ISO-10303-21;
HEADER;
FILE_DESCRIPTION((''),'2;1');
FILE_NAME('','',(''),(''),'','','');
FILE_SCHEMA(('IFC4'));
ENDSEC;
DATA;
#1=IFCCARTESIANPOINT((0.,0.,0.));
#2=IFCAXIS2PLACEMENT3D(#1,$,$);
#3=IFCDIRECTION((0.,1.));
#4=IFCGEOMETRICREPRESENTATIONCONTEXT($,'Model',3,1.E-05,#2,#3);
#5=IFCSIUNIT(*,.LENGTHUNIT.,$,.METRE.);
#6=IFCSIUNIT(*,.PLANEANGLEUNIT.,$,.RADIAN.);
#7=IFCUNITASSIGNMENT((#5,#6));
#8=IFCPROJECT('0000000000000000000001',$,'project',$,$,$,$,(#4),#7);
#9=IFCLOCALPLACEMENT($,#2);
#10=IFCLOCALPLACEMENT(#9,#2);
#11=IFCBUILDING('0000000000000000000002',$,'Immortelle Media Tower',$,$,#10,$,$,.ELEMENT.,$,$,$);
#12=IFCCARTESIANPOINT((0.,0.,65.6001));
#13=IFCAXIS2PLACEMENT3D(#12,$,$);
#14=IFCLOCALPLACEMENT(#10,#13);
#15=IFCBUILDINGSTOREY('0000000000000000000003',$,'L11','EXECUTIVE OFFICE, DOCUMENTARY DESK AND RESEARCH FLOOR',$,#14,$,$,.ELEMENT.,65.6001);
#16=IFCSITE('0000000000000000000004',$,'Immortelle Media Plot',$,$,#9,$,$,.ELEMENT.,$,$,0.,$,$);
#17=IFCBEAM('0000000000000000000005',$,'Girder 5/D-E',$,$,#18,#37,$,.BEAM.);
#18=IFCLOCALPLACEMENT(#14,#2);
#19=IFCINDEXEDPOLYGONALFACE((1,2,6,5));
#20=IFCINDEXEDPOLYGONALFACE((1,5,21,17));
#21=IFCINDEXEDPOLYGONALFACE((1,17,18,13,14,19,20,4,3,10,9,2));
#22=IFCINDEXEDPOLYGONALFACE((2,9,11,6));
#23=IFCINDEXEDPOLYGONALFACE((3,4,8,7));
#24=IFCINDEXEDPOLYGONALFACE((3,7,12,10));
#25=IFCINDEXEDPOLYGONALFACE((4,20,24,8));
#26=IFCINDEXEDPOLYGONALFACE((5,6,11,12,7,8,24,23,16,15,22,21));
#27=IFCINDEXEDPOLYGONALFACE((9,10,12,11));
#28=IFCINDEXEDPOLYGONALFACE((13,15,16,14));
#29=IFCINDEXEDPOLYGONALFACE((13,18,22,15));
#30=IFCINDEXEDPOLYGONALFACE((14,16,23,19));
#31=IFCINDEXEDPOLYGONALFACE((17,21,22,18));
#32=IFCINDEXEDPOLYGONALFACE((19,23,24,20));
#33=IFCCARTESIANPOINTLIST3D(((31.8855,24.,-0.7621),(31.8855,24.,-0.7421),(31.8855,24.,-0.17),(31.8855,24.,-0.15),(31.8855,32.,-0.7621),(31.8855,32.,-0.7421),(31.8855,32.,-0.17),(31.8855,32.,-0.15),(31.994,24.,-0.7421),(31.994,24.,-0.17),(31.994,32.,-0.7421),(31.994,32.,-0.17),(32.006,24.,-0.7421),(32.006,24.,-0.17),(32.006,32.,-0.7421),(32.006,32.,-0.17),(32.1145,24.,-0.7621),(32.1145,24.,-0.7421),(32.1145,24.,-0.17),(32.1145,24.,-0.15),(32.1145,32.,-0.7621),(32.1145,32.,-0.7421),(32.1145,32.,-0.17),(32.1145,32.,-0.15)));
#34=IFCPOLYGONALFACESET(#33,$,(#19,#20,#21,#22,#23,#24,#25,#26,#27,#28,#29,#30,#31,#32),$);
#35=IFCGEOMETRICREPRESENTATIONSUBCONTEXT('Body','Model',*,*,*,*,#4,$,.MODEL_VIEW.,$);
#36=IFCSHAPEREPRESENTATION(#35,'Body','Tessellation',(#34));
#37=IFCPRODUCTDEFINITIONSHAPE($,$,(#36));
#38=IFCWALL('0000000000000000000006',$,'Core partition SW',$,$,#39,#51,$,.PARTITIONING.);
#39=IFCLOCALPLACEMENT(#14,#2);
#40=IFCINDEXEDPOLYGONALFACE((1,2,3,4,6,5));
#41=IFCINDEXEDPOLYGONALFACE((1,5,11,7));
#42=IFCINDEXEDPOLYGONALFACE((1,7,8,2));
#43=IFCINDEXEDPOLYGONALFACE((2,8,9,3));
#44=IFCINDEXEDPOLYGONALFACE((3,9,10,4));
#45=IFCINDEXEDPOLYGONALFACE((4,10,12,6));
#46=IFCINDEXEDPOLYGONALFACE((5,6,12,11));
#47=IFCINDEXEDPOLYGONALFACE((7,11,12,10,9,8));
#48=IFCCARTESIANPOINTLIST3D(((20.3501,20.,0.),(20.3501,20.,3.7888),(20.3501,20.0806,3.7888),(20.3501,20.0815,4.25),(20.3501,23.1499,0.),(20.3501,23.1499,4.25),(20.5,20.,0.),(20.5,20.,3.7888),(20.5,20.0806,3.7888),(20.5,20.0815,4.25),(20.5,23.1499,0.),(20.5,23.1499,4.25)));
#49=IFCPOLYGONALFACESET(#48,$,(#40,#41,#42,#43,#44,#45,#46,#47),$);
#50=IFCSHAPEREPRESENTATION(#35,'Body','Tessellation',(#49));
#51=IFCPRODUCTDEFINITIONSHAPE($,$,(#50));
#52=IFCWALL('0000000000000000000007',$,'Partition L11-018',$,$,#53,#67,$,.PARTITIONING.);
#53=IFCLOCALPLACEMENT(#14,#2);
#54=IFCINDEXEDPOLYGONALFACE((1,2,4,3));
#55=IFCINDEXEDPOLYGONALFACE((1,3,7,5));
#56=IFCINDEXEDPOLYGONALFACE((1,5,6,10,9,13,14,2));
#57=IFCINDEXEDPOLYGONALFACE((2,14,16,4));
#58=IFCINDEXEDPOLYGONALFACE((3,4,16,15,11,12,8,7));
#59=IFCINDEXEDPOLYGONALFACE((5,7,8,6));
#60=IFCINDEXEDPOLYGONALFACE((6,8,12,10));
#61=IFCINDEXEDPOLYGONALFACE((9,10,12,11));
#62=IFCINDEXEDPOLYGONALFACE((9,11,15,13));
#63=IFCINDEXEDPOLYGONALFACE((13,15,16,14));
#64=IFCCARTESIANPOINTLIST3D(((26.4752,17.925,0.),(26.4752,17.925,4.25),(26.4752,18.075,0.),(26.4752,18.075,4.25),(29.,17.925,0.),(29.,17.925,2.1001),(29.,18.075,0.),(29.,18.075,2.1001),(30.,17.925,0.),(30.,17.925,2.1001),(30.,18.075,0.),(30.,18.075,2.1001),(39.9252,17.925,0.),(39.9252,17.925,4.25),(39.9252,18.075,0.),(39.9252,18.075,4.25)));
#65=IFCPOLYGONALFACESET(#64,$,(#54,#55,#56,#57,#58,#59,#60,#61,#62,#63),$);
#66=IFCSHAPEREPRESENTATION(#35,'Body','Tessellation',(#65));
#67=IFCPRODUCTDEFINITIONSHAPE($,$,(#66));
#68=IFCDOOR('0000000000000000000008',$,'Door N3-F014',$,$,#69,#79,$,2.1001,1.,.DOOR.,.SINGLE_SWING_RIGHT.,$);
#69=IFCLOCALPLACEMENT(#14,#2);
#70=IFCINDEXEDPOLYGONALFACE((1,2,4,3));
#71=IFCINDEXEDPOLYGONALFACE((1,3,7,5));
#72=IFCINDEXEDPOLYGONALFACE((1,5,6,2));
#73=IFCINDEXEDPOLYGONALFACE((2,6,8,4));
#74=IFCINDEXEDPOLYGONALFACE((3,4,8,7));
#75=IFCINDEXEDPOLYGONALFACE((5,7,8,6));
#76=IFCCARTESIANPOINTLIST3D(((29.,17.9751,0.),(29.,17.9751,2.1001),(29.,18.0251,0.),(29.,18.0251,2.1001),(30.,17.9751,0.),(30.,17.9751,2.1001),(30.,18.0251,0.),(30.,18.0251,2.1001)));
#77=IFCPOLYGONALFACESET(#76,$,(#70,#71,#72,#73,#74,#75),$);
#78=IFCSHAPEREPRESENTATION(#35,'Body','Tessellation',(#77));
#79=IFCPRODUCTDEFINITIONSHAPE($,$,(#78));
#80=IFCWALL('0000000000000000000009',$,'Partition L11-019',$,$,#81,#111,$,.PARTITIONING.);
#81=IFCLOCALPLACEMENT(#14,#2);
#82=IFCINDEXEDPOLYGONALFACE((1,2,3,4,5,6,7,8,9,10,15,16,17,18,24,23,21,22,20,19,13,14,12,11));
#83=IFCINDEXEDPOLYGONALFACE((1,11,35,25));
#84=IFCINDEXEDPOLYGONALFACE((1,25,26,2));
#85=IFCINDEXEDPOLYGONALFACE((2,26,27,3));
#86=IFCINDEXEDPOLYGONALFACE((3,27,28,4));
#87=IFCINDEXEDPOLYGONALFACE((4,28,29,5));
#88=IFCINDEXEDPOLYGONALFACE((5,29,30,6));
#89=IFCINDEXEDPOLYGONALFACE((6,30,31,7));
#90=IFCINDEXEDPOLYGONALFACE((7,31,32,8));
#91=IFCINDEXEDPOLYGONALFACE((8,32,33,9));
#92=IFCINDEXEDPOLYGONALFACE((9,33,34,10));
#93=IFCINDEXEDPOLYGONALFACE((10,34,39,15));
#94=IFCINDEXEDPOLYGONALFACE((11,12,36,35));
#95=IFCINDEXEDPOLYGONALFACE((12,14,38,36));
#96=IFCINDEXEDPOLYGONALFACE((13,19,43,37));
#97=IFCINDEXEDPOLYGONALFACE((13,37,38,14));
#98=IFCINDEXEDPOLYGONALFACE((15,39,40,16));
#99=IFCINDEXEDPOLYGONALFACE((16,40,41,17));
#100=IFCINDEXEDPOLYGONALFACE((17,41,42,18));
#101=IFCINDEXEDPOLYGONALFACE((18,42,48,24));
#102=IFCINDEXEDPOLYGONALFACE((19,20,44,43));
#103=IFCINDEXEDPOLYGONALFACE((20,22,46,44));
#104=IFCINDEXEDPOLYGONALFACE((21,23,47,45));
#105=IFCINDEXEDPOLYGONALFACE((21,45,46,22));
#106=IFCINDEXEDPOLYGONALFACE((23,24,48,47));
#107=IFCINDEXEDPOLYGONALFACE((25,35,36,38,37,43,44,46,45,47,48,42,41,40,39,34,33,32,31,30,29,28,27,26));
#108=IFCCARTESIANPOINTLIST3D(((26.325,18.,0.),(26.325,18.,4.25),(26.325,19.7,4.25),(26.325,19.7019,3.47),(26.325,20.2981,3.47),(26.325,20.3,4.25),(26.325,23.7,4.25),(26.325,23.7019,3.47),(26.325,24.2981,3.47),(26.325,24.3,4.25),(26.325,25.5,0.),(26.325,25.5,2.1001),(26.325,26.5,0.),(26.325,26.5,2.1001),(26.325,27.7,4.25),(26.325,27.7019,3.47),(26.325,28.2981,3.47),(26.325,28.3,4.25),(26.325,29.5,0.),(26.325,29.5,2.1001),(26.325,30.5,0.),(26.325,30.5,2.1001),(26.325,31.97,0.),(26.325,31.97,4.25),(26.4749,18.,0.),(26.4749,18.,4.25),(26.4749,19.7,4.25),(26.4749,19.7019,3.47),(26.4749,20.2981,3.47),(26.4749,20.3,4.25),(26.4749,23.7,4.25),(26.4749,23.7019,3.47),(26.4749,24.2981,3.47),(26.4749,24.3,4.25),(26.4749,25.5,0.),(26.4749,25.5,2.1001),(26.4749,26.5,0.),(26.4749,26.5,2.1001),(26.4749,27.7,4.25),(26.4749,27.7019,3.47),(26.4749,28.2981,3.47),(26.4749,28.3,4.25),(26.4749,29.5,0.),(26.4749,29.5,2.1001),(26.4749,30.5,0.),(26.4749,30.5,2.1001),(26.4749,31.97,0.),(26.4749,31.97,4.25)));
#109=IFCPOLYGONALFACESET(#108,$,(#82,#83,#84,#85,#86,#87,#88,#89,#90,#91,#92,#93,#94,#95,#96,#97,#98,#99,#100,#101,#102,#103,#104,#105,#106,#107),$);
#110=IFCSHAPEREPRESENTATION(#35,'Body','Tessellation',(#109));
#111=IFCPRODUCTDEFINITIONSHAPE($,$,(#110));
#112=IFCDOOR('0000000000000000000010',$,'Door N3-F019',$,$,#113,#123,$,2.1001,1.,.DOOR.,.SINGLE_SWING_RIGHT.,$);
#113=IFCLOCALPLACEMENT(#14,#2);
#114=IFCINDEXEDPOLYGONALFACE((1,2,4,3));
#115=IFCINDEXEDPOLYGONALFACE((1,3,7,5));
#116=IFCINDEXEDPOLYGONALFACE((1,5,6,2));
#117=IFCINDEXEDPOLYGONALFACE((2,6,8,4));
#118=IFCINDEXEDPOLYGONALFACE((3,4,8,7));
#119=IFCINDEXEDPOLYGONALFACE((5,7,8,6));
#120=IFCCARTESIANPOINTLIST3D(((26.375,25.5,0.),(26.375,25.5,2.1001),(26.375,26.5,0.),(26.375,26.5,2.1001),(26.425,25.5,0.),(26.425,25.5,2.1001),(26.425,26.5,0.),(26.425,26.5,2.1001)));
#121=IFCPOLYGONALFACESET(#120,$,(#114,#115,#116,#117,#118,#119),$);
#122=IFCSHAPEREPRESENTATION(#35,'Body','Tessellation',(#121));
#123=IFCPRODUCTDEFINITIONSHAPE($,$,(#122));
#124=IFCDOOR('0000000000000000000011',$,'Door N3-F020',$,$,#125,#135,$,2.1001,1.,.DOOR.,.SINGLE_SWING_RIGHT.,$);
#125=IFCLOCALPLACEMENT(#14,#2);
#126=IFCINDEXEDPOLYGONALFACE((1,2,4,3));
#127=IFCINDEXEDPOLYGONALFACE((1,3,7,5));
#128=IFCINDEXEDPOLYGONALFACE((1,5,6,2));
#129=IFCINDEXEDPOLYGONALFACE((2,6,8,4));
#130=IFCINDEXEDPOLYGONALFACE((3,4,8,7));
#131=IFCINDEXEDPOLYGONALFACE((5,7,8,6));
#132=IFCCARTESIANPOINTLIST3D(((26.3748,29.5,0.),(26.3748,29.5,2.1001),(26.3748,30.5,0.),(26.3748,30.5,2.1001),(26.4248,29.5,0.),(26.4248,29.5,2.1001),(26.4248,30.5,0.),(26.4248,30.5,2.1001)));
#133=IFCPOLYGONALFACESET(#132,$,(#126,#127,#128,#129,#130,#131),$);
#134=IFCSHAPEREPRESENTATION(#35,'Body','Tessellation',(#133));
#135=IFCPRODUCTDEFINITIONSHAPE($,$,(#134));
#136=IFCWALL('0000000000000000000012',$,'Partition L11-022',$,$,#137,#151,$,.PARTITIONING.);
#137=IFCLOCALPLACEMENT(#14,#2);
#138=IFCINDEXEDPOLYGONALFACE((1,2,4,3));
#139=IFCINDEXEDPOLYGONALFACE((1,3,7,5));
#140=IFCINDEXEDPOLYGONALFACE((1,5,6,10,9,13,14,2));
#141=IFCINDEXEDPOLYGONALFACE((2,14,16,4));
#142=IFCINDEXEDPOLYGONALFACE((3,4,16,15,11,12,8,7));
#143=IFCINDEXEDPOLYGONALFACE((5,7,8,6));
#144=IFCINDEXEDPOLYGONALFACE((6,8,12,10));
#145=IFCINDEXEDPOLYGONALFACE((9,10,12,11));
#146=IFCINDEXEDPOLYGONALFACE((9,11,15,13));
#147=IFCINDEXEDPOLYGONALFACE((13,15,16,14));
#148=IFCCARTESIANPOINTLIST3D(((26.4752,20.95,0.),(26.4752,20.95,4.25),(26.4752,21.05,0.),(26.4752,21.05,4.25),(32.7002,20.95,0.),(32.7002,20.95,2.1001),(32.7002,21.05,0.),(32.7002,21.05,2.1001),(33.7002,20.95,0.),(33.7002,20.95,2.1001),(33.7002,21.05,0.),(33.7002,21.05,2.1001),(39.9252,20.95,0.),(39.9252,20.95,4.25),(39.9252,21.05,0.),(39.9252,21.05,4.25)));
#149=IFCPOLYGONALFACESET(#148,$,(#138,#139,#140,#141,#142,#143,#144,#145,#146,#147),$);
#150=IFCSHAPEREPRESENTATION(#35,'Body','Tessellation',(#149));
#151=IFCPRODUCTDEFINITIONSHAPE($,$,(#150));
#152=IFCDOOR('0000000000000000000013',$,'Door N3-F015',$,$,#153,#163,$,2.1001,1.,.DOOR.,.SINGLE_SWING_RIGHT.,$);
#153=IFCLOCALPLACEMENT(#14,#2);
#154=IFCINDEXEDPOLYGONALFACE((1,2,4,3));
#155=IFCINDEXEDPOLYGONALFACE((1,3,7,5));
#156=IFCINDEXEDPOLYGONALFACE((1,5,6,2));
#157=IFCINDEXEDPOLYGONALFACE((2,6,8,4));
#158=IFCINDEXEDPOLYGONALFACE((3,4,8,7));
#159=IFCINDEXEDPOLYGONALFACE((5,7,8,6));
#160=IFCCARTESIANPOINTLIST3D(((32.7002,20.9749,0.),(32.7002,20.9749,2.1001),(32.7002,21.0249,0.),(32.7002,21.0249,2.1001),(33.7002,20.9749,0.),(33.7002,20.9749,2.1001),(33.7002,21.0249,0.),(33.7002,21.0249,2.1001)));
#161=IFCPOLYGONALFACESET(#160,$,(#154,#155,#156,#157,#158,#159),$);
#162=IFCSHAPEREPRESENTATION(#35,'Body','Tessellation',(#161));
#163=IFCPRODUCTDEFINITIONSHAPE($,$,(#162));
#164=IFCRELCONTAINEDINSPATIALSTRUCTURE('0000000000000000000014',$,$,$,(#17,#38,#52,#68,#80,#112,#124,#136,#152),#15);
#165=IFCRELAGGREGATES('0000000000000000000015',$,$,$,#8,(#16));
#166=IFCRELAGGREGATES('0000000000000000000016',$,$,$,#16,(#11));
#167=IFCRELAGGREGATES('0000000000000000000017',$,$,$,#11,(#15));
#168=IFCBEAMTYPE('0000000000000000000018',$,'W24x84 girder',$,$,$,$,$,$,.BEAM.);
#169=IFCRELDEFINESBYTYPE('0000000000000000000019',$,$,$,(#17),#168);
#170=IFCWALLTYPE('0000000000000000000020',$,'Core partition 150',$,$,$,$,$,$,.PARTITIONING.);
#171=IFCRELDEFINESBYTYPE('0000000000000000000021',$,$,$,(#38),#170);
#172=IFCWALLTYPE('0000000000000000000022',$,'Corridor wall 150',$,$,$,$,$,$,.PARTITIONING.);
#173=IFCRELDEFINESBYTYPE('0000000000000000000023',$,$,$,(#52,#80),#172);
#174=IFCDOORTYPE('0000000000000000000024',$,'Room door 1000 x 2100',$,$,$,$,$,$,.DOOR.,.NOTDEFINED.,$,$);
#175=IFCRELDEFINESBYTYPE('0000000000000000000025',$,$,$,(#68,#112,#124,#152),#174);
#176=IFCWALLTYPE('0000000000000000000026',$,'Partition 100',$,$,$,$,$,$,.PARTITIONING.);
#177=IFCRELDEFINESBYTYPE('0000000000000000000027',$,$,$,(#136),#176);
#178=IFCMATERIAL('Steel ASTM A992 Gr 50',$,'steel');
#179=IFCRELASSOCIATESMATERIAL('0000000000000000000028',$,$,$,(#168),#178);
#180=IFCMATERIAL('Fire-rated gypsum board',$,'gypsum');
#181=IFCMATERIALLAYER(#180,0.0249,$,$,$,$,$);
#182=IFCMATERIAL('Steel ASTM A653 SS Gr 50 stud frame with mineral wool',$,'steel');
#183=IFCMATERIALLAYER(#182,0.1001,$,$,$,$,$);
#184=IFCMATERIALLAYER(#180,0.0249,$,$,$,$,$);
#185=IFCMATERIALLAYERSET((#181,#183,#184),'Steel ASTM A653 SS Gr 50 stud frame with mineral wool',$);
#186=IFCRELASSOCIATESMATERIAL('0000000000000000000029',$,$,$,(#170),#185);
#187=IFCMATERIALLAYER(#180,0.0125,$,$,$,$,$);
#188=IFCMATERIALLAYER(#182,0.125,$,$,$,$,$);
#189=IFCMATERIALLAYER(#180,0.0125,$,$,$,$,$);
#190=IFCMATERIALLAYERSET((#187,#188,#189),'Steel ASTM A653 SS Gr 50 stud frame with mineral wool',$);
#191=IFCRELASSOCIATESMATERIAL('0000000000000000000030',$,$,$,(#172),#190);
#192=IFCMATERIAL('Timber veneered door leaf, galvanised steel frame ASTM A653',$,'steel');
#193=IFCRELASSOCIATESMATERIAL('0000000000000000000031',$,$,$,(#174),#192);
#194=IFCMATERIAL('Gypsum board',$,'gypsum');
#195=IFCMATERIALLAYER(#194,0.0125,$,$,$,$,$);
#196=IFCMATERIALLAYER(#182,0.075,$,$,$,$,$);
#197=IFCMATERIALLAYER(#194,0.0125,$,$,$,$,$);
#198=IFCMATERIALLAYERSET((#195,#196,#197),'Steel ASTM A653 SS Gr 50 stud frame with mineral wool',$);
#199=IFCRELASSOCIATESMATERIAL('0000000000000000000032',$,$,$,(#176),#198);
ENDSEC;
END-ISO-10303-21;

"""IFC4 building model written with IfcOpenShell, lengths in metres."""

from ifc_helpers import new_model, si_unit, direction, frame, frame_2d, origin, origin_2d, place, context, subcontext, project, spatial, polyline, rectangle, i_section, outline, extrude, material, layer, layer_set, material_profile, profile_set, type_object, element, fill, save


model = new_model("IFC4")

# Units and contexts
model_context = context("Model", 3, precision=1e-05, world=origin(), true_north=direction((0.0, 1.0)))
body_context = subcontext(model_context, "Body", "Model", "MODEL_VIEW")
ifc_project = project(units=[si_unit("LENGTHUNIT", "METRE"), si_unit("PLANEANGLEUNIT", "RADIAN")], contexts=[model_context])

# Site, building, storey
site_placement = place(None, origin())
site = spatial("IfcSite", under=ifc_project, at=site_placement, Name="Immortelle Media Plot", CompositionType="ELEMENT", RefElevation=0.0)
building_placement = place(site_placement, origin())
building = spatial("IfcBuilding", under=site, at=building_placement, Name="Immortelle Media Tower", CompositionType="ELEMENT")
storey_placement = place(building_placement, frame((0.0, 0.0, 65.6001)))
storey = spatial("IfcBuildingStorey", under=building, at=storey_placement, Name="L11", Description="EXECUTIVE OFFICE, DOCUMENTARY DESK AND RESEARCH FLOOR", CompositionType="ELEMENT", Elevation=65.6001)

# Shared definitions
ifc_material_1 = material(Name="Steel ASTM A992 Gr 50", Category="steel")

# Beam
ifc_material_profile_1 = material_profile(ifc_material_1, i_section(OverallWidth=0.229, OverallDepth=0.6121, WebThickness=0.012, FlangeThickness=0.02, at=origin_2d()), Name="W24x84")
ifc_profile_set_1 = profile_set([ifc_material_profile_1], Name="Steel ASTM A992 Gr 50")
beam_type_1 = type_object("IfcBeamType", Name="W24x84 girder", PredefinedType="BEAM", material=ifc_profile_set_1)
for number, where, z_axis, x_axis, name in (
    (1, (32.0, 24.0, -0.4561), (0.0, 1.0, 0.0), (-1.0, 0.0, 0.0), "Girder 5/D-E"),
):
    element("IfcBeam", number, at=place(storey_placement, frame(where, z_axis=z_axis, x_axis=x_axis)), inside=storey, type_object=beam_type_1, Name=name, PredefinedType="BEAM", context=body_context, shape_type="SweptSolid", body=[
        extrude(i_section(OverallWidth=0.229, OverallDepth=0.6121, WebThickness=0.012, FlangeThickness=0.02, at=origin_2d()), origin(), (0.0, 0.0, 1.0), 8.0),
    ])

# Wall
ifc_material_2 = material(Name="Fire-rated gypsum board", Category="gypsum")
ifc_layer_1 = layer(ifc_material_2, 0.0249)
ifc_material_3 = material(Name="Steel ASTM A653 SS Gr 50 stud frame with mineral wool", Category="steel")
ifc_layer_2 = layer(ifc_material_3, 0.1001)
ifc_layer_3 = layer(ifc_material_2, 0.0249)
ifc_layer_set_1 = layer_set([ifc_layer_1, ifc_layer_2, ifc_layer_3], Name="Steel ASTM A653 SS Gr 50 stud frame with mineral wool")
wall_type_1 = type_object("IfcWallType", Name="Core partition 150", PredefinedType="PARTITIONING", material=ifc_layer_set_1)
wall_1_placement = place(storey_placement, frame((20.425, 20.0, 0.0), z_axis=(0.0, 0.0, 1.0), x_axis=(0.0, 1.0, 0.0)))
element("IfcWall", 2, at=wall_1_placement, inside=storey, type_object=wall_type_1, Name="Core partition SW", PredefinedType="PARTITIONING", context=body_context, shape_type="SweptSolid", body=[
    extrude(outline(polyline([(0.0, 0.0), (3.1499, 0.0), (3.1499, 4.25), (0.0815, 4.25), (0.0806, 3.7888), (0.0, 3.7888), (0.0, 0.0)])), frame((0.0, 0.075, 0.0), z_axis=(0.0, -1.0, 0.0), x_axis=(1.0, 0.0, 0.0)), (0.0, 0.0, 1.0), 0.1499),
])

# Wall, opening, door
ifc_layer_4 = layer(ifc_material_2, 0.0125)
ifc_layer_5 = layer(ifc_material_3, 0.125)
ifc_layer_6 = layer(ifc_material_2, 0.0125)
ifc_layer_set_2 = layer_set([ifc_layer_4, ifc_layer_5, ifc_layer_6], Name="Steel ASTM A653 SS Gr 50 stud frame with mineral wool")
wall_type_2 = type_object("IfcWallType", Name="Corridor wall 150", PredefinedType="PARTITIONING", material=ifc_layer_set_2)
wall_2_placement = place(storey_placement, frame((26.4751, 18.0, 0.0), z_axis=(0.0, 0.0, 1.0), x_axis=(1.0, 0.0, 0.0)))
wall_2 = element("IfcWall", 3, at=wall_2_placement, inside=storey, type_object=wall_type_2, Name="Partition L11-018", PredefinedType="PARTITIONING", context=body_context, shape_type="SweptSolid", body=[
    extrude(rectangle(XDim=13.45, YDim=0.1499, at=frame_2d((6.7251, 0.0))), origin(), (0.0, 0.0, 1.0), 4.25),
])
opening_1_placement = place(wall_2_placement, frame((3.5249, 0.0, 0.0), z_axis=(0.0, 0.0, 1.0), x_axis=(-1.0, 0.0, 0.0)))
opening_1 = element("IfcOpeningElement", 4, at=opening_1_placement, cuts=wall_2, PredefinedType="OPENING", context=body_context, shape_type="SweptSolid", body=[
    extrude(rectangle(XDim=1.0, YDim=2.1001, at=frame_2d((0.5, 1.05))), frame((0.0, 0.085, 0.0), z_axis=(0.0, -1.0, 0.0), x_axis=(1.0, 0.0, 0.0)), (0.0, 0.0, 1.0), 0.1699),
])
ifc_material_4 = material(Name="Timber veneered door leaf, galvanised steel frame ASTM A653", Category="steel")
door_type = type_object("IfcDoorType", Name="Room door 1000 x 2100", OperationType="NOTDEFINED", PredefinedType="DOOR", material=ifc_material_4)
door_1_placement = place(opening_1_placement, origin())
door_1 = element("IfcDoor", 5, at=door_1_placement, inside=storey, type_object=door_type, Name="Door N3-F014", OperationType="SINGLE_SWING_RIGHT", OverallHeight=2.1001, OverallWidth=1.0, PredefinedType="DOOR", context=body_context, shape_type="SweptSolid", body=[
    extrude(rectangle(XDim=1.0, YDim=2.1001, at=frame_2d((0.5, 1.05))), frame((0.0, 0.0249, 0.0), z_axis=(0.0, -1.0, 0.0), x_axis=(1.0, 0.0, 0.0)), (0.0, 0.0, 1.0), 0.05),
])
fill(opening_1, door_1)

# Wall, openings, doors
wall_3_placement = place(storey_placement, frame((26.3999, 18.0, 0.0), z_axis=(0.0, 0.0, 1.0), x_axis=(0.0, 1.0, 0.0)))
wall_3 = element("IfcWall", 6, at=wall_3_placement, inside=storey, type_object=wall_type_2, Name="Partition L11-019", PredefinedType="PARTITIONING", context=body_context, shape_type="SweptSolid", body=[
    extrude(outline(polyline([(0.0, 0.0), (13.97, 0.0), (13.97, 4.25), (10.3, 4.25), (10.2981, 3.47), (9.7019, 3.47), (9.7, 4.25), (6.3, 4.25), (6.2981, 3.47), (5.7019, 3.47), (5.7, 4.25), (2.3, 4.25), (2.2981, 3.47), (1.7019, 3.47), (1.7, 4.25), (0.0, 4.25), (0.0, 0.0)])), frame((0.0, 0.075, 0.0), z_axis=(0.0, -1.0, 0.0), x_axis=(1.0, 0.0, 0.0)), (0.0, 0.0, 1.0), 0.1499),
])
opening_2_placement = place(wall_3_placement, frame((7.5, 0.0, 0.0)))
opening_2 = element("IfcOpeningElement", 7, at=opening_2_placement, cuts=wall_3, PredefinedType="OPENING", context=body_context, shape_type="SweptSolid", body=[
    extrude(rectangle(XDim=1.0, YDim=2.1001, at=frame_2d((0.5, 1.05))), frame((0.0, 0.085, 0.0), z_axis=(0.0, -1.0, 0.0), x_axis=(1.0, 0.0, 0.0)), (0.0, 0.0, 1.0), 0.1699),
])
opening_3_placement = place(wall_3_placement, frame((12.5, 0.0, 0.0), z_axis=(0.0, 0.0, 1.0), x_axis=(-1.0, 0.0, 0.0)))
opening_3 = element("IfcOpeningElement", 8, at=opening_3_placement, cuts=wall_3, PredefinedType="OPENING", context=body_context, shape_type="SweptSolid", body=[
    extrude(rectangle(XDim=1.0, YDim=2.1001, at=frame_2d((0.5, 1.05))), frame((0.0, 0.085, 0.0), z_axis=(0.0, -1.0, 0.0), x_axis=(1.0, 0.0, 0.0)), (0.0, 0.0, 1.0), 0.1699),
])
door_2_placement = place(opening_2_placement, origin())
door_2 = element("IfcDoor", 9, at=door_2_placement, inside=storey, type_object=door_type, Name="Door N3-F019", OperationType="SINGLE_SWING_RIGHT", OverallHeight=2.1001, OverallWidth=1.0, PredefinedType="DOOR", context=body_context, shape_type="SweptSolid", body=[
    extrude(rectangle(XDim=1.0, YDim=2.1001, at=frame_2d((0.5, 1.05))), frame((0.0, 0.0249, 0.0), z_axis=(0.0, -1.0, 0.0), x_axis=(1.0, 0.0, 0.0)), (0.0, 0.0, 1.0), 0.05),
])
fill(opening_2, door_2)
door_3_placement = place(opening_3_placement, origin())
door_3 = element("IfcDoor", 10, at=door_3_placement, inside=storey, type_object=door_type, Name="Door N3-F020", OperationType="SINGLE_SWING_RIGHT", OverallHeight=2.1001, OverallWidth=1.0, PredefinedType="DOOR", context=body_context, shape_type="SweptSolid", body=[
    extrude(rectangle(XDim=1.0, YDim=2.1001, at=frame_2d((0.5, 1.05))), frame((0.0, 0.0249, 0.0), z_axis=(0.0, -1.0, 0.0), x_axis=(1.0, 0.0, 0.0)), (0.0, 0.0, 1.0), 0.05),
])
fill(opening_3, door_3)

# Wall, opening, door
ifc_material_5 = material(Name="Gypsum board", Category="gypsum")
ifc_layer_7 = layer(ifc_material_5, 0.0125)
ifc_layer_8 = layer(ifc_material_3, 0.075)
ifc_layer_9 = layer(ifc_material_5, 0.0125)
ifc_layer_set_3 = layer_set([ifc_layer_7, ifc_layer_8, ifc_layer_9], Name="Steel ASTM A653 SS Gr 50 stud frame with mineral wool")
wall_type_3 = type_object("IfcWallType", Name="Partition 100", PredefinedType="PARTITIONING", material=ifc_layer_set_3)
wall_4_placement = place(storey_placement, frame((26.4751, 21.0, 0.0), z_axis=(0.0, 0.0, 1.0), x_axis=(1.0, 0.0, 0.0)))
wall_4 = element("IfcWall", 11, at=wall_4_placement, inside=storey, type_object=wall_type_3, Name="Partition L11-022", PredefinedType="PARTITIONING", context=body_context, shape_type="SweptSolid", body=[
    extrude(rectangle(XDim=13.45, YDim=0.1001, at=frame_2d((6.7251, 0.0))), origin(), (0.0, 0.0, 1.0), 4.25),
])
opening_4_placement = place(wall_4_placement, frame((6.2251, 0.0, 0.0)))
opening_4 = element("IfcOpeningElement", 12, at=opening_4_placement, cuts=wall_4, PredefinedType="OPENING", context=body_context, shape_type="SweptSolid", body=[
    extrude(rectangle(XDim=1.0, YDim=2.1001, at=frame_2d((0.5, 1.05))), frame((0.0, 0.0601, 0.0), z_axis=(0.0, -1.0, 0.0), x_axis=(1.0, 0.0, 0.0)), (0.0, 0.0, 1.0), 0.1201),
])
door_4_placement = place(opening_4_placement, origin())
door_4 = element("IfcDoor", 13, at=door_4_placement, inside=storey, type_object=door_type, Name="Door N3-F015", OperationType="SINGLE_SWING_RIGHT", OverallHeight=2.1001, OverallWidth=1.0, PredefinedType="DOOR", context=body_context, shape_type="SweptSolid", body=[
    extrude(rectangle(XDim=1.0, YDim=2.1001, at=frame_2d((0.5, 1.05))), frame((0.0, 0.0249, 0.0), z_axis=(0.0, -1.0, 0.0), x_axis=(1.0, 0.0, 0.0)), (0.0, 0.0, 1.0), 0.05),
])
fill(opening_4, door_4)

save(model, "model.ifc")
